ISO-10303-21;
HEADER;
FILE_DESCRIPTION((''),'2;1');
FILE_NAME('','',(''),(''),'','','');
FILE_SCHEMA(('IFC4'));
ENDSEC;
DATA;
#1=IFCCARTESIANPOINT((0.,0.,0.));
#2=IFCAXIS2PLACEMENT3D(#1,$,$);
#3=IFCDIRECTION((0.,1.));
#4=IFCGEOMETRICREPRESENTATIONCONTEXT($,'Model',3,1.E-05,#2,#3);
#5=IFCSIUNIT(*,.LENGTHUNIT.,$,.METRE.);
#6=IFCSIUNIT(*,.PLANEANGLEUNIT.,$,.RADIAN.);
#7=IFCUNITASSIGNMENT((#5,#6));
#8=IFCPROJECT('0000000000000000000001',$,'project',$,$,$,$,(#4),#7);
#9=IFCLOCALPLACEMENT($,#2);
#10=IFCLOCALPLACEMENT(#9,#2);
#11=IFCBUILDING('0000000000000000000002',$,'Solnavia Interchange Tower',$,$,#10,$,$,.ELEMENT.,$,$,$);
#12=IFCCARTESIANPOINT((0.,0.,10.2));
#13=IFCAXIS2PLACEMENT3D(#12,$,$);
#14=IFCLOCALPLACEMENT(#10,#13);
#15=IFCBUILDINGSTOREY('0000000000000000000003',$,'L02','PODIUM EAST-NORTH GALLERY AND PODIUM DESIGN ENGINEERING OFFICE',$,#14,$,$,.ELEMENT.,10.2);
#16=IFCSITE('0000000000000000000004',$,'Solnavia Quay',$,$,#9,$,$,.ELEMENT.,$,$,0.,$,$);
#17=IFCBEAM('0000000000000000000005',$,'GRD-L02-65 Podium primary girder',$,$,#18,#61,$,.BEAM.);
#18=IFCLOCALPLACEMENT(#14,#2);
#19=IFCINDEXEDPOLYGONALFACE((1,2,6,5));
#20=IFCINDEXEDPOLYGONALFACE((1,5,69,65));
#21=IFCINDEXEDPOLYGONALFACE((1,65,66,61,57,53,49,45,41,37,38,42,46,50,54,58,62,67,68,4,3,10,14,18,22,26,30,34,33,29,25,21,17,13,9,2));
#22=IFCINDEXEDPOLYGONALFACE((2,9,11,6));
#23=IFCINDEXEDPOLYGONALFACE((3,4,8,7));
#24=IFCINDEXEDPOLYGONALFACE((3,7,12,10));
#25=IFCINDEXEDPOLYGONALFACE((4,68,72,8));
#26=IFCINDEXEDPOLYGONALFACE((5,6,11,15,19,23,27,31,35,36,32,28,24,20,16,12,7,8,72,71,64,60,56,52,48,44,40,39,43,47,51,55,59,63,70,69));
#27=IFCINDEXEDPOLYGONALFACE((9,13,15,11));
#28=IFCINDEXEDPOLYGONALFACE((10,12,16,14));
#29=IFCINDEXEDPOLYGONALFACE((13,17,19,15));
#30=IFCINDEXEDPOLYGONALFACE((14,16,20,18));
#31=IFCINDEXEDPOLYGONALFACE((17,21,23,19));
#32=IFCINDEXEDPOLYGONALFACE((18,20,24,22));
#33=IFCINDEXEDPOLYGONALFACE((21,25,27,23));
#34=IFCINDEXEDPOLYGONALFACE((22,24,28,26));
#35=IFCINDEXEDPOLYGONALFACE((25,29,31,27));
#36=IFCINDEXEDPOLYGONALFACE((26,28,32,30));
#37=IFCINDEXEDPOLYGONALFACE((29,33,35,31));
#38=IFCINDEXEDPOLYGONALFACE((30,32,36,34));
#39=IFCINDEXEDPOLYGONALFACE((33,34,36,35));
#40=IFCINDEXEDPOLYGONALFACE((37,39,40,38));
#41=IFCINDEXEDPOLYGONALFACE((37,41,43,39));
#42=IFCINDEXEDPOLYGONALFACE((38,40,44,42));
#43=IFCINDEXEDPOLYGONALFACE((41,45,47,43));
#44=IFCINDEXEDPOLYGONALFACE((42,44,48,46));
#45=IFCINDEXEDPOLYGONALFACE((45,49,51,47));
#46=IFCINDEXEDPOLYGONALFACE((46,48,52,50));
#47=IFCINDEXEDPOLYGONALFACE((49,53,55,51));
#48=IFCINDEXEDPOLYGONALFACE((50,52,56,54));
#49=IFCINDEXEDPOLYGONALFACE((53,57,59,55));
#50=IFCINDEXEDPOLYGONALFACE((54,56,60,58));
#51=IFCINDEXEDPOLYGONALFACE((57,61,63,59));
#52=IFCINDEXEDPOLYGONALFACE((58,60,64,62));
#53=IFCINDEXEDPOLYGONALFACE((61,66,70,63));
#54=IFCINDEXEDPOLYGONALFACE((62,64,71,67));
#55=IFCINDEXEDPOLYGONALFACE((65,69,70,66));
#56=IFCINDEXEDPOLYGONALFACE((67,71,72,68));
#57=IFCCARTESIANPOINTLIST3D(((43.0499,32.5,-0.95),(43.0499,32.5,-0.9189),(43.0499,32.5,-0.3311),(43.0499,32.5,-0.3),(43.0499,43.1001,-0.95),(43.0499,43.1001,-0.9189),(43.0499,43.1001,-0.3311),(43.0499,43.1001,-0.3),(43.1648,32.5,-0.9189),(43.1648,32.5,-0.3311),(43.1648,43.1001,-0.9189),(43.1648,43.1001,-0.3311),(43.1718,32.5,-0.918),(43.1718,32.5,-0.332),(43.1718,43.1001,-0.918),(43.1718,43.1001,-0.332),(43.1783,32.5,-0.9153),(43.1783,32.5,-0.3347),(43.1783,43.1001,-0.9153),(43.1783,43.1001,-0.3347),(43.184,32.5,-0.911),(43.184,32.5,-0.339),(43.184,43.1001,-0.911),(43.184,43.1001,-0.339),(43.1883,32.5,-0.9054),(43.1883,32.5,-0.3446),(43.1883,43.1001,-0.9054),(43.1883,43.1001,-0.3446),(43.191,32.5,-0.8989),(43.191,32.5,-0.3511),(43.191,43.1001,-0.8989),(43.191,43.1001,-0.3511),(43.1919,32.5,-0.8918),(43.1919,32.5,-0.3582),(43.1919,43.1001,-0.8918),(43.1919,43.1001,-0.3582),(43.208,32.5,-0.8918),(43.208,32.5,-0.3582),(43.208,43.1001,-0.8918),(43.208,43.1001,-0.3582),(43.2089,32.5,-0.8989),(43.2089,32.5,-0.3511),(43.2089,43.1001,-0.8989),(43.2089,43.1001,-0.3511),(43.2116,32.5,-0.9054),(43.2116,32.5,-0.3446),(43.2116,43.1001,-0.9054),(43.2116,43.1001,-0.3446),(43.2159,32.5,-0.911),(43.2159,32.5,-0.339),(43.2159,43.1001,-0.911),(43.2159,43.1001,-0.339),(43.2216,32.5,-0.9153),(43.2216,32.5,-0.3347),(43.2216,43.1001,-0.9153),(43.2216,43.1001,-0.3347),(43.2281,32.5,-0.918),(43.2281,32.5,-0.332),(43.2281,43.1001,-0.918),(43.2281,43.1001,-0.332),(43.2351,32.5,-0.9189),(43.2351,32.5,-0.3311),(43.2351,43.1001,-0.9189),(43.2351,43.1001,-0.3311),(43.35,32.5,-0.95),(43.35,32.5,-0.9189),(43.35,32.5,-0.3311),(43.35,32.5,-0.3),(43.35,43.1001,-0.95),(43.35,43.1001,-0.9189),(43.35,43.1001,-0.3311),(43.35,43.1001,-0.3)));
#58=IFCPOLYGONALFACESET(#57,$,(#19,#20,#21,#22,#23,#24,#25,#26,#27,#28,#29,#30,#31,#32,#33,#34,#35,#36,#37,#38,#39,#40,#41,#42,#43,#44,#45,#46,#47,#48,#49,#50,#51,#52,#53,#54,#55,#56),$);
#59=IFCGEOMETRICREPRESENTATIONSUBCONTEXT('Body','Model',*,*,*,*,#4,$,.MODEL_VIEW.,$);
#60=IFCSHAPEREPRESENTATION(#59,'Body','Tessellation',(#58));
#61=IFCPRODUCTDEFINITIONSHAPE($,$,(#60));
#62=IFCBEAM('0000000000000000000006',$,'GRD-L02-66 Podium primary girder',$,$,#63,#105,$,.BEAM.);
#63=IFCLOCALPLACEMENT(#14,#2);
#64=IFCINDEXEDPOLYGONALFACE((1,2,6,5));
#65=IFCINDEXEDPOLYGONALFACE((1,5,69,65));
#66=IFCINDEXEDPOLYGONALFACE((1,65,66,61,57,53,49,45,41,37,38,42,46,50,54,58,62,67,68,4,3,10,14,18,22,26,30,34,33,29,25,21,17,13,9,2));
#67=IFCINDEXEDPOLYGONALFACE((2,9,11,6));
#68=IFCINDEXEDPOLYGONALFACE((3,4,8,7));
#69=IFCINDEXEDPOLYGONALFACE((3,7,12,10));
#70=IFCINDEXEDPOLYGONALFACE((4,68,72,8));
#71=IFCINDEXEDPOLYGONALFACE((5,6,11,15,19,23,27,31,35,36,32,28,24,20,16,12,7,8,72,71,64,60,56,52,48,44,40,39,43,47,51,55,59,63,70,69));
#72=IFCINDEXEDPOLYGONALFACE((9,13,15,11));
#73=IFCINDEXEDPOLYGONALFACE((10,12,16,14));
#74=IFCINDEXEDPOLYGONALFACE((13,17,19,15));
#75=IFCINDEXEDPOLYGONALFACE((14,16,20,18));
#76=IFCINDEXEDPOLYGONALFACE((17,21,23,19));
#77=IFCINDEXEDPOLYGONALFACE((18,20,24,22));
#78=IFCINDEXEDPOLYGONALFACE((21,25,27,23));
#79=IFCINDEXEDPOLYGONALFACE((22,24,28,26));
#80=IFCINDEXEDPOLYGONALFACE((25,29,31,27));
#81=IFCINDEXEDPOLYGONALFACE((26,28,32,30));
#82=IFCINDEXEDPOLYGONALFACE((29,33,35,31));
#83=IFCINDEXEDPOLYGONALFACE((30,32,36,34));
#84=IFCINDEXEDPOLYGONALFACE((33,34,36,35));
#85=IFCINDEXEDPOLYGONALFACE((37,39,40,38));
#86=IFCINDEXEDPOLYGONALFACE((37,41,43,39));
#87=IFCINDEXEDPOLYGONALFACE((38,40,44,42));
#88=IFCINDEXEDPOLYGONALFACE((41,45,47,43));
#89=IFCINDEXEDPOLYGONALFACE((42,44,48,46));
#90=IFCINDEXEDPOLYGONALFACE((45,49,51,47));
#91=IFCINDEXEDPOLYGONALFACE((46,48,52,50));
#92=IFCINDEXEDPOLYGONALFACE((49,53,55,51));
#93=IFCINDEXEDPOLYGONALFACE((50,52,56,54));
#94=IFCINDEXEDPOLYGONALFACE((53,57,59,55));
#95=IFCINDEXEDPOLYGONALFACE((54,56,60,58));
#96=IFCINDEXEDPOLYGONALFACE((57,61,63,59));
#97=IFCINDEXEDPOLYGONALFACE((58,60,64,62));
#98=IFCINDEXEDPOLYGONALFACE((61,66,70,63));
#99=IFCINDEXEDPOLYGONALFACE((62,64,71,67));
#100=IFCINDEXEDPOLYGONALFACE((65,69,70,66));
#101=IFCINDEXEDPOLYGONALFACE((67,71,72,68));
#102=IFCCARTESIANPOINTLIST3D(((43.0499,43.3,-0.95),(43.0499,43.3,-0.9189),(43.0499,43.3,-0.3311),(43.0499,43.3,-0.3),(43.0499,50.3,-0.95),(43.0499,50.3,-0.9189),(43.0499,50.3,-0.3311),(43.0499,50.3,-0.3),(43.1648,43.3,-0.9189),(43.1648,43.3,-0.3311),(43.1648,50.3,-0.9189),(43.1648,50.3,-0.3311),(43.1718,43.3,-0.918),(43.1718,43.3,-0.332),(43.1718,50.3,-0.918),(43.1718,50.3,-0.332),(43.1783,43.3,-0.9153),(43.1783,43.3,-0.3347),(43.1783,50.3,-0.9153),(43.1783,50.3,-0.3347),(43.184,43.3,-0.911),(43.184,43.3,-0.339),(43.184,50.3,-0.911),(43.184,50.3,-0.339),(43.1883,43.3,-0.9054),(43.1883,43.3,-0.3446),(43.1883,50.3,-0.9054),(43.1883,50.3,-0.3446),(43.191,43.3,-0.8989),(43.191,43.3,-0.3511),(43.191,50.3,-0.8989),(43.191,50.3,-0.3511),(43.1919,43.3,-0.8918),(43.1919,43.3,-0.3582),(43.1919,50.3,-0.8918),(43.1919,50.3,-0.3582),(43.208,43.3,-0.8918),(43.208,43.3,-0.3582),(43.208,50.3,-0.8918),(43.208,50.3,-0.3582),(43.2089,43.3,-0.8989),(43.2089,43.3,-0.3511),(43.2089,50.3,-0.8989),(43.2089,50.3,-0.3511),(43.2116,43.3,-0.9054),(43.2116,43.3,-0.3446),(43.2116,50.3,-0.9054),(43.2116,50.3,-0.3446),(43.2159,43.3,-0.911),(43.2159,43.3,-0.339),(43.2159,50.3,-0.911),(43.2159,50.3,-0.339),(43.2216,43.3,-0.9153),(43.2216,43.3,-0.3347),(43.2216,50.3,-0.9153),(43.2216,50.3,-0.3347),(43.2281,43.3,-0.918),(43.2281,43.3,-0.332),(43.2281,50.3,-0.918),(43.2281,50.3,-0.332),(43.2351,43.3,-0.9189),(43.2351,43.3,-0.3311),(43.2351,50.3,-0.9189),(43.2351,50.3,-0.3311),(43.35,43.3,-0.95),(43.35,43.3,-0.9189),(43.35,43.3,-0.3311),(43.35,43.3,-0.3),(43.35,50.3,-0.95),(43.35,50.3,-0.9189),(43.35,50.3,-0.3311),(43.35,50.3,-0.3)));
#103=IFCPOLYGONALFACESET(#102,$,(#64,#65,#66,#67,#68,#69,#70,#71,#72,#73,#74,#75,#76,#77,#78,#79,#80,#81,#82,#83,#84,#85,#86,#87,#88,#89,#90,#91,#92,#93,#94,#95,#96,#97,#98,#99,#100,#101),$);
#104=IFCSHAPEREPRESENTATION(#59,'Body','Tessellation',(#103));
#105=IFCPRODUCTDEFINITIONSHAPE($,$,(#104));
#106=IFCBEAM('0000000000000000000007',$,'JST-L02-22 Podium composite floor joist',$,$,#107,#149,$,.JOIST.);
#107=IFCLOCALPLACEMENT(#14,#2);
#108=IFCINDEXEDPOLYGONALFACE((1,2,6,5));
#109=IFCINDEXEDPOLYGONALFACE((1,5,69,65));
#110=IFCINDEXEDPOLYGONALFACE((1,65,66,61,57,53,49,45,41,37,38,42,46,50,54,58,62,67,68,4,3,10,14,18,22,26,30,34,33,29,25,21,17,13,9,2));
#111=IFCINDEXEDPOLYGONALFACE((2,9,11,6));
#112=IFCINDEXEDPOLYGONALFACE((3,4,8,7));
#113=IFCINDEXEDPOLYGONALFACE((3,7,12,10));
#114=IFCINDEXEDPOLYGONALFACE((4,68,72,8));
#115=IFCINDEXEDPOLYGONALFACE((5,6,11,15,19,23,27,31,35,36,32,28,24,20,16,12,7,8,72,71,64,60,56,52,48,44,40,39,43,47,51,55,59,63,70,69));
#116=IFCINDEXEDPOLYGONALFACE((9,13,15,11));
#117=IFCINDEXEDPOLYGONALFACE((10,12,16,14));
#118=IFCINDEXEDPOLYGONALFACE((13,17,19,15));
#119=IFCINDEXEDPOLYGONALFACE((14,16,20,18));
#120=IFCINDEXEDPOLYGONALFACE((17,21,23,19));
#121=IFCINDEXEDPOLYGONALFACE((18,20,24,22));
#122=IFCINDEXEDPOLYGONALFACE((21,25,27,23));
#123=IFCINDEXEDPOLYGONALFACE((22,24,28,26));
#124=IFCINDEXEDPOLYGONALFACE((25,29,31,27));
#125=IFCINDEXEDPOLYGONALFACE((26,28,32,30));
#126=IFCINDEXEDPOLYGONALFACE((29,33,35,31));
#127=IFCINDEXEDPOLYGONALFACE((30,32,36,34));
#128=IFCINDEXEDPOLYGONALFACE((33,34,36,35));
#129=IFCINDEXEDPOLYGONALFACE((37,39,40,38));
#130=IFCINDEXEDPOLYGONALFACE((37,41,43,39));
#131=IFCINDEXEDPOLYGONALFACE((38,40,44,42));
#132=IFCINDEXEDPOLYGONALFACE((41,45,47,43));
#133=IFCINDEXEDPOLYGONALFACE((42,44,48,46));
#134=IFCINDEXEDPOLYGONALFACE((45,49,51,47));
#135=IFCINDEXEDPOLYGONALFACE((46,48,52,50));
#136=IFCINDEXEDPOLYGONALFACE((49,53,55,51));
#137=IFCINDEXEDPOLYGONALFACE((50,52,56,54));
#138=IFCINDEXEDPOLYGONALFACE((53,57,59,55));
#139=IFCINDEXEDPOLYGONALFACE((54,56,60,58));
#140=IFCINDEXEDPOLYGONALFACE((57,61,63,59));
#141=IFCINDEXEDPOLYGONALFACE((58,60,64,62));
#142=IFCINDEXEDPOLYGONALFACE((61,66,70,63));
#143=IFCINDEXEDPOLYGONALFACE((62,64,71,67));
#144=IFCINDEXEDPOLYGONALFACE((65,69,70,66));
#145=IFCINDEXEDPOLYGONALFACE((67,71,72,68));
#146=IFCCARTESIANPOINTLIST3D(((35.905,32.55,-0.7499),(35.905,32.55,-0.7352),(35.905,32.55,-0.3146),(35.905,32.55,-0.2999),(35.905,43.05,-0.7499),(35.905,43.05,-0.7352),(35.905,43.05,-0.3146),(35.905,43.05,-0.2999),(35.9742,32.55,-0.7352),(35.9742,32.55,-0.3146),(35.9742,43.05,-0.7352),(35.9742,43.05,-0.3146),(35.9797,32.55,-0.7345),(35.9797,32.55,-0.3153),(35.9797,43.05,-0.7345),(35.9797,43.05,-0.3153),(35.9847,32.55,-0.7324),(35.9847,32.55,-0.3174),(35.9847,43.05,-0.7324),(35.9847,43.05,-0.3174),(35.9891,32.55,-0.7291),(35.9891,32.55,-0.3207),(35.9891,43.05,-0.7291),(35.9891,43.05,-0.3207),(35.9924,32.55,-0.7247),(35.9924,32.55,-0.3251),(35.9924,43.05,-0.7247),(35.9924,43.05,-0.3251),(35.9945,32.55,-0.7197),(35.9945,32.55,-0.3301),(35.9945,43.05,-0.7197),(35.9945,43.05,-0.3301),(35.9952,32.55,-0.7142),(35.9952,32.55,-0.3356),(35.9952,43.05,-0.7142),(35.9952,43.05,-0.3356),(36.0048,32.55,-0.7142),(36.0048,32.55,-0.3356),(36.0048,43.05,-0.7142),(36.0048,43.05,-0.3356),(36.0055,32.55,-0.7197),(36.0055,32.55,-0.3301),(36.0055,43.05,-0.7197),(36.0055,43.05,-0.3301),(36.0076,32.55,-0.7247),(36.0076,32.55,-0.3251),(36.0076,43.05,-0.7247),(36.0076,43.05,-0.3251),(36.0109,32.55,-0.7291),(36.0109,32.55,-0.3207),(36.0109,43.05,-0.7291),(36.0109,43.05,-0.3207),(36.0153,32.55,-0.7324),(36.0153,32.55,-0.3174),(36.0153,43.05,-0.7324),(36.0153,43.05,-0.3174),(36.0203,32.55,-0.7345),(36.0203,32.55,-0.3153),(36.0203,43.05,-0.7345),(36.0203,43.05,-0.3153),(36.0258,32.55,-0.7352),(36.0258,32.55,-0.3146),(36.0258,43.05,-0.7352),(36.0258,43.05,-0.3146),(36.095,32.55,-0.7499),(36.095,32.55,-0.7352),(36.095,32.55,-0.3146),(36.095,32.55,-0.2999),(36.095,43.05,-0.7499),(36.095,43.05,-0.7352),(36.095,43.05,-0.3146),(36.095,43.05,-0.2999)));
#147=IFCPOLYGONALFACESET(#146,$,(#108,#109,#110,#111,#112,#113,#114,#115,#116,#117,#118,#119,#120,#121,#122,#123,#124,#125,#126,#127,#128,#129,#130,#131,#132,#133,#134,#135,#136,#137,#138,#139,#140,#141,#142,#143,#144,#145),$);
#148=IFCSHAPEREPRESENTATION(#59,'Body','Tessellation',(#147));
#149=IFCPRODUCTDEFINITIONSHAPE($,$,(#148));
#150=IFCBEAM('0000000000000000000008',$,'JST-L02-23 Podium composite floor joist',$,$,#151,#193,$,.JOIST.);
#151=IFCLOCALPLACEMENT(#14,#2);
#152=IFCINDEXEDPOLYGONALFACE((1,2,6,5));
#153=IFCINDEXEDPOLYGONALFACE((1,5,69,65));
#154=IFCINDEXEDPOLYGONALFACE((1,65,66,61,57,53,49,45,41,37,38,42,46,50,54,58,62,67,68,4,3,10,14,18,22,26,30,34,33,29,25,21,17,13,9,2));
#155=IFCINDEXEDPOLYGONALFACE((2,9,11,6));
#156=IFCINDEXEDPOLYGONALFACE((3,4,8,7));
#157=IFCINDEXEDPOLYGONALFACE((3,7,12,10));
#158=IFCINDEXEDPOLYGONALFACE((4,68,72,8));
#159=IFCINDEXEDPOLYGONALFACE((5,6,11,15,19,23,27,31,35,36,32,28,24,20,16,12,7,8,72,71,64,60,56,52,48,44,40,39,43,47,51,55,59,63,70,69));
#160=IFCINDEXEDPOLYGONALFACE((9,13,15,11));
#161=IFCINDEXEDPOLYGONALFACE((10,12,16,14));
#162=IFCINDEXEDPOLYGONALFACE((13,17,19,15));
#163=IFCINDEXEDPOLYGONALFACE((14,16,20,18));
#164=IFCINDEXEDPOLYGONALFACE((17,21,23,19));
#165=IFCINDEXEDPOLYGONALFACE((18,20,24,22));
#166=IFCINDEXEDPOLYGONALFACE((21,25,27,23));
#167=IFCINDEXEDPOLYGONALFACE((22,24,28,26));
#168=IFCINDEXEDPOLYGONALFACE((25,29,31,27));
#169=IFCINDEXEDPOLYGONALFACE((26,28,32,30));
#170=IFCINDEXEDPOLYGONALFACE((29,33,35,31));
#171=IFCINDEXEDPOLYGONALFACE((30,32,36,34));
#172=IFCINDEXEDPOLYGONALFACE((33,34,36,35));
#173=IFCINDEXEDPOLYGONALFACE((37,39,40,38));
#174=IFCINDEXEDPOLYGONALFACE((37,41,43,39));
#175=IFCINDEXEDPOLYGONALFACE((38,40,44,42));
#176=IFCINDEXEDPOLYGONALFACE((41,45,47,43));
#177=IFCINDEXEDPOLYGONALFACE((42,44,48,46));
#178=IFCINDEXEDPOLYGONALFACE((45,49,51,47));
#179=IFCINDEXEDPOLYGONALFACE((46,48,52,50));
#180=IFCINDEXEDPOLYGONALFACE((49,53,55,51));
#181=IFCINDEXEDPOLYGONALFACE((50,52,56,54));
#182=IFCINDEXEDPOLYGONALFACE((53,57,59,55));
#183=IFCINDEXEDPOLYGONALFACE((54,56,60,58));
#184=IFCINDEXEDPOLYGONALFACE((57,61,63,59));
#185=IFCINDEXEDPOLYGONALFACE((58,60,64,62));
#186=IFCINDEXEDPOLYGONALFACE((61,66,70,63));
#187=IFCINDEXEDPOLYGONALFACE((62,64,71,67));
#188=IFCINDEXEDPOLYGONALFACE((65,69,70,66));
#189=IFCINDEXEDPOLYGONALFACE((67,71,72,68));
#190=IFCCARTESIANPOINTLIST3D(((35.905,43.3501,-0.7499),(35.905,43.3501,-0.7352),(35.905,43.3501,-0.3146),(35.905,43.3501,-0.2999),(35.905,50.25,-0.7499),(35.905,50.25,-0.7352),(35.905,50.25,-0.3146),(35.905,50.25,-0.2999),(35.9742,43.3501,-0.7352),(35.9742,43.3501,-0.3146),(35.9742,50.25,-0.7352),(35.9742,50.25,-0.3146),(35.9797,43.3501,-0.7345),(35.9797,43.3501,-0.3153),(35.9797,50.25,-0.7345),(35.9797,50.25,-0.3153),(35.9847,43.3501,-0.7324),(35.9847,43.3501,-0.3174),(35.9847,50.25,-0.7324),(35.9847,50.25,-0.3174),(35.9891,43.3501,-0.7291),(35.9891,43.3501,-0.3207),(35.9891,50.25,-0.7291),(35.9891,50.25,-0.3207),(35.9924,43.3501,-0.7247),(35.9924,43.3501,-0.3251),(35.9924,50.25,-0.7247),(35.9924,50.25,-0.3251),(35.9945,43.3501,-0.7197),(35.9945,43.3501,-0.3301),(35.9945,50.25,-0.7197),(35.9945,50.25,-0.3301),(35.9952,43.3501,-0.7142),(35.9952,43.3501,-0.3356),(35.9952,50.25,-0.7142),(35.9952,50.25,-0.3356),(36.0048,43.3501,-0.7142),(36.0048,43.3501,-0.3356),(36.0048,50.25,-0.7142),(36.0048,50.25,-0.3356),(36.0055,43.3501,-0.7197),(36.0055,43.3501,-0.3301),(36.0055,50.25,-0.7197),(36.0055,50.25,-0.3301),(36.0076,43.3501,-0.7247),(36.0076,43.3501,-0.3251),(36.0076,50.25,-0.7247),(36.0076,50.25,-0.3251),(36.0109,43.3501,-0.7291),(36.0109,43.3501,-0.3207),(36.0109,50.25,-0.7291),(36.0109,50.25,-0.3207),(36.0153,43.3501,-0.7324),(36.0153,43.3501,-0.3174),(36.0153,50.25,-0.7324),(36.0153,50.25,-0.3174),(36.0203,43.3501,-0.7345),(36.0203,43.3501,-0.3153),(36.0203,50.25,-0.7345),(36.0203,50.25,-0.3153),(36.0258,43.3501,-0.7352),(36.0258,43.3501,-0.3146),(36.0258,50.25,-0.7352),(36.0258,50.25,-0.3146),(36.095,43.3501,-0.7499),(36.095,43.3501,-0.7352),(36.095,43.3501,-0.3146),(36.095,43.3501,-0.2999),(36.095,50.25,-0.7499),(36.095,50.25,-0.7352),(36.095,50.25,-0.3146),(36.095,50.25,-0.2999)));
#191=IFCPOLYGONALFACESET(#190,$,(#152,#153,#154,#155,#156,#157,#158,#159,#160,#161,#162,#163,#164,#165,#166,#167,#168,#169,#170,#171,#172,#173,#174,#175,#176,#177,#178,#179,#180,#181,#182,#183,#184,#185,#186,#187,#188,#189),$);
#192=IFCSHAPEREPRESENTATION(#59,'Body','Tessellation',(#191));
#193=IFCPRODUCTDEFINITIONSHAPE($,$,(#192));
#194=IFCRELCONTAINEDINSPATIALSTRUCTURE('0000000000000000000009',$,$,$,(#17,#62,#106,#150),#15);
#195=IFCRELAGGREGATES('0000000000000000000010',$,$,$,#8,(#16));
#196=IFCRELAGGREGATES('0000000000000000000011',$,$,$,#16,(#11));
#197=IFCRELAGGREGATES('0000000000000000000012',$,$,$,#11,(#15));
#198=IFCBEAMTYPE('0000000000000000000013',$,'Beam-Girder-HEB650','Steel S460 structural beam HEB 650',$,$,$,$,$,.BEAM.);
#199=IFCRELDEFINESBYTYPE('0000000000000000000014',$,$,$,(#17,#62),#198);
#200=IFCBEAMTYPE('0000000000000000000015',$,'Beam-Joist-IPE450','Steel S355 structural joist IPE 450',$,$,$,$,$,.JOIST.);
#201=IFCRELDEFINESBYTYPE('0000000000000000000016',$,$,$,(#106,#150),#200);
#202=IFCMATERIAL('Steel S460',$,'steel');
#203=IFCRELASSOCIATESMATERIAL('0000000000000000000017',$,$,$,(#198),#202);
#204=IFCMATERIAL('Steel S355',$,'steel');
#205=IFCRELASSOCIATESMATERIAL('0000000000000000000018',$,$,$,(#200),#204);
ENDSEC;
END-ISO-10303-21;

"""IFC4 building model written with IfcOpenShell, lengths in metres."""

from ifc_helpers import new_model, si_unit, direction, frame, origin, origin_2d, place, context, subcontext, project, spatial, i_section, extrude, material, material_profile, profile_set, type_object, element, save


model = new_model("IFC4")

# Units and contexts
model_context = context("Model", 3, precision=1e-05, world=origin(), true_north=direction((0.0, 1.0)))
body_context = subcontext(model_context, "Body", "Model", "MODEL_VIEW")
ifc_project = project(units=[si_unit("LENGTHUNIT", "METRE"), si_unit("PLANEANGLEUNIT", "RADIAN")], contexts=[model_context])

# Site, building, storey
site_placement = place(None, origin())
site = spatial("IfcSite", under=ifc_project, at=site_placement, Name="Solnavia Quay", CompositionType="ELEMENT", RefElevation=0.0)
building_placement = place(site_placement, origin())
building = spatial("IfcBuilding", under=site, at=building_placement, Name="Solnavia Interchange Tower", CompositionType="ELEMENT")
storey_placement = place(building_placement, frame((0.0, 0.0, 10.2)))
storey = spatial("IfcBuildingStorey", under=building, at=storey_placement, Name="L02", Description="PODIUM EAST-NORTH GALLERY AND PODIUM DESIGN ENGINEERING OFFICE", CompositionType="ELEMENT", Elevation=10.2)

# Beams
ifc_material_1 = material(Name="Steel S460", Category="steel")
ifc_material_profile_1 = material_profile(ifc_material_1, i_section(OverallWidth=0.3, OverallDepth=0.6499, WebThickness=0.0161, FlangeThickness=0.031, FilletRadius=0.0271, at=origin_2d()), Name="HEB 650")
ifc_profile_set_1 = profile_set([ifc_material_profile_1], Name="Steel S460")
beam_type_1 = type_object("IfcBeamType", Name="Beam-Girder-HEB650", Description="Steel S460 structural beam HEB 650", PredefinedType="BEAM", material=ifc_profile_set_1)
beam_1_placement = place(storey_placement, frame((43.2, 32.5, -0.625), z_axis=(0.0, 1.0, 0.0), x_axis=(-1.0, 0.0, 0.0)))
element("IfcBeam", 1, at=beam_1_placement, inside=storey, type_object=beam_type_1, Name="GRD-L02-65 Podium primary girder", PredefinedType="BEAM", context=body_context, shape_type="SweptSolid", body=[
    extrude(i_section(OverallWidth=0.3, OverallDepth=0.6499, WebThickness=0.0161, FlangeThickness=0.031, FilletRadius=0.0271, at=origin_2d()), origin(), (0.0, 0.0, 1.0), 10.6001),
])
beam_2_placement = place(storey_placement, frame((43.2, 43.3, -0.625), z_axis=(0.0, 1.0, 0.0), x_axis=(-1.0, 0.0, 0.0)))
element("IfcBeam", 2, at=beam_2_placement, inside=storey, type_object=beam_type_1, Name="GRD-L02-66 Podium primary girder", PredefinedType="BEAM", context=body_context, shape_type="SweptSolid", body=[
    extrude(i_section(OverallWidth=0.3, OverallDepth=0.6499, WebThickness=0.0161, FlangeThickness=0.031, FilletRadius=0.0271, at=origin_2d()), origin(), (0.0, 0.0, 1.0), 7.0),
])
ifc_material_2 = material(Name="Steel S355", Category="steel")
ifc_material_profile_2 = material_profile(ifc_material_2, i_section(OverallWidth=0.1899, OverallDepth=0.45, WebThickness=0.0095, FlangeThickness=0.0146, FilletRadius=0.021, at=origin_2d()), Name="IPE 450")
ifc_profile_set_2 = profile_set([ifc_material_profile_2], Name="Steel S355")
beam_type_2 = type_object("IfcBeamType", Name="Beam-Joist-IPE450", Description="Steel S355 structural joist IPE 450", PredefinedType="JOIST", material=ifc_profile_set_2)
beam_3_placement = place(storey_placement, frame((36.0, 32.55, -0.5249), z_axis=(0.0, 1.0, 0.0), x_axis=(-1.0, 0.0, 0.0)))
element("IfcBeam", 3, at=beam_3_placement, inside=storey, type_object=beam_type_2, Name="JST-L02-22 Podium composite floor joist", PredefinedType="JOIST", context=body_context, shape_type="SweptSolid", body=[
    extrude(i_section(OverallWidth=0.1899, OverallDepth=0.45, WebThickness=0.0095, FlangeThickness=0.0146, FilletRadius=0.021, at=origin_2d()), origin(), (0.0, 0.0, 1.0), 10.5),
])
beam_4_placement = place(storey_placement, frame((36.0, 43.3501, -0.5249), z_axis=(0.0, 1.0, 0.0), x_axis=(-1.0, 0.0, 0.0)))
element("IfcBeam", 4, at=beam_4_placement, inside=storey, type_object=beam_type_2, Name="JST-L02-23 Podium composite floor joist", PredefinedType="JOIST", context=body_context, shape_type="SweptSolid", body=[
    extrude(i_section(OverallWidth=0.1899, OverallDepth=0.45, WebThickness=0.0095, FlangeThickness=0.0146, FilletRadius=0.021, at=origin_2d()), origin(), (0.0, 0.0, 1.0), 6.8999),
])

save(model, "model.ifc")
